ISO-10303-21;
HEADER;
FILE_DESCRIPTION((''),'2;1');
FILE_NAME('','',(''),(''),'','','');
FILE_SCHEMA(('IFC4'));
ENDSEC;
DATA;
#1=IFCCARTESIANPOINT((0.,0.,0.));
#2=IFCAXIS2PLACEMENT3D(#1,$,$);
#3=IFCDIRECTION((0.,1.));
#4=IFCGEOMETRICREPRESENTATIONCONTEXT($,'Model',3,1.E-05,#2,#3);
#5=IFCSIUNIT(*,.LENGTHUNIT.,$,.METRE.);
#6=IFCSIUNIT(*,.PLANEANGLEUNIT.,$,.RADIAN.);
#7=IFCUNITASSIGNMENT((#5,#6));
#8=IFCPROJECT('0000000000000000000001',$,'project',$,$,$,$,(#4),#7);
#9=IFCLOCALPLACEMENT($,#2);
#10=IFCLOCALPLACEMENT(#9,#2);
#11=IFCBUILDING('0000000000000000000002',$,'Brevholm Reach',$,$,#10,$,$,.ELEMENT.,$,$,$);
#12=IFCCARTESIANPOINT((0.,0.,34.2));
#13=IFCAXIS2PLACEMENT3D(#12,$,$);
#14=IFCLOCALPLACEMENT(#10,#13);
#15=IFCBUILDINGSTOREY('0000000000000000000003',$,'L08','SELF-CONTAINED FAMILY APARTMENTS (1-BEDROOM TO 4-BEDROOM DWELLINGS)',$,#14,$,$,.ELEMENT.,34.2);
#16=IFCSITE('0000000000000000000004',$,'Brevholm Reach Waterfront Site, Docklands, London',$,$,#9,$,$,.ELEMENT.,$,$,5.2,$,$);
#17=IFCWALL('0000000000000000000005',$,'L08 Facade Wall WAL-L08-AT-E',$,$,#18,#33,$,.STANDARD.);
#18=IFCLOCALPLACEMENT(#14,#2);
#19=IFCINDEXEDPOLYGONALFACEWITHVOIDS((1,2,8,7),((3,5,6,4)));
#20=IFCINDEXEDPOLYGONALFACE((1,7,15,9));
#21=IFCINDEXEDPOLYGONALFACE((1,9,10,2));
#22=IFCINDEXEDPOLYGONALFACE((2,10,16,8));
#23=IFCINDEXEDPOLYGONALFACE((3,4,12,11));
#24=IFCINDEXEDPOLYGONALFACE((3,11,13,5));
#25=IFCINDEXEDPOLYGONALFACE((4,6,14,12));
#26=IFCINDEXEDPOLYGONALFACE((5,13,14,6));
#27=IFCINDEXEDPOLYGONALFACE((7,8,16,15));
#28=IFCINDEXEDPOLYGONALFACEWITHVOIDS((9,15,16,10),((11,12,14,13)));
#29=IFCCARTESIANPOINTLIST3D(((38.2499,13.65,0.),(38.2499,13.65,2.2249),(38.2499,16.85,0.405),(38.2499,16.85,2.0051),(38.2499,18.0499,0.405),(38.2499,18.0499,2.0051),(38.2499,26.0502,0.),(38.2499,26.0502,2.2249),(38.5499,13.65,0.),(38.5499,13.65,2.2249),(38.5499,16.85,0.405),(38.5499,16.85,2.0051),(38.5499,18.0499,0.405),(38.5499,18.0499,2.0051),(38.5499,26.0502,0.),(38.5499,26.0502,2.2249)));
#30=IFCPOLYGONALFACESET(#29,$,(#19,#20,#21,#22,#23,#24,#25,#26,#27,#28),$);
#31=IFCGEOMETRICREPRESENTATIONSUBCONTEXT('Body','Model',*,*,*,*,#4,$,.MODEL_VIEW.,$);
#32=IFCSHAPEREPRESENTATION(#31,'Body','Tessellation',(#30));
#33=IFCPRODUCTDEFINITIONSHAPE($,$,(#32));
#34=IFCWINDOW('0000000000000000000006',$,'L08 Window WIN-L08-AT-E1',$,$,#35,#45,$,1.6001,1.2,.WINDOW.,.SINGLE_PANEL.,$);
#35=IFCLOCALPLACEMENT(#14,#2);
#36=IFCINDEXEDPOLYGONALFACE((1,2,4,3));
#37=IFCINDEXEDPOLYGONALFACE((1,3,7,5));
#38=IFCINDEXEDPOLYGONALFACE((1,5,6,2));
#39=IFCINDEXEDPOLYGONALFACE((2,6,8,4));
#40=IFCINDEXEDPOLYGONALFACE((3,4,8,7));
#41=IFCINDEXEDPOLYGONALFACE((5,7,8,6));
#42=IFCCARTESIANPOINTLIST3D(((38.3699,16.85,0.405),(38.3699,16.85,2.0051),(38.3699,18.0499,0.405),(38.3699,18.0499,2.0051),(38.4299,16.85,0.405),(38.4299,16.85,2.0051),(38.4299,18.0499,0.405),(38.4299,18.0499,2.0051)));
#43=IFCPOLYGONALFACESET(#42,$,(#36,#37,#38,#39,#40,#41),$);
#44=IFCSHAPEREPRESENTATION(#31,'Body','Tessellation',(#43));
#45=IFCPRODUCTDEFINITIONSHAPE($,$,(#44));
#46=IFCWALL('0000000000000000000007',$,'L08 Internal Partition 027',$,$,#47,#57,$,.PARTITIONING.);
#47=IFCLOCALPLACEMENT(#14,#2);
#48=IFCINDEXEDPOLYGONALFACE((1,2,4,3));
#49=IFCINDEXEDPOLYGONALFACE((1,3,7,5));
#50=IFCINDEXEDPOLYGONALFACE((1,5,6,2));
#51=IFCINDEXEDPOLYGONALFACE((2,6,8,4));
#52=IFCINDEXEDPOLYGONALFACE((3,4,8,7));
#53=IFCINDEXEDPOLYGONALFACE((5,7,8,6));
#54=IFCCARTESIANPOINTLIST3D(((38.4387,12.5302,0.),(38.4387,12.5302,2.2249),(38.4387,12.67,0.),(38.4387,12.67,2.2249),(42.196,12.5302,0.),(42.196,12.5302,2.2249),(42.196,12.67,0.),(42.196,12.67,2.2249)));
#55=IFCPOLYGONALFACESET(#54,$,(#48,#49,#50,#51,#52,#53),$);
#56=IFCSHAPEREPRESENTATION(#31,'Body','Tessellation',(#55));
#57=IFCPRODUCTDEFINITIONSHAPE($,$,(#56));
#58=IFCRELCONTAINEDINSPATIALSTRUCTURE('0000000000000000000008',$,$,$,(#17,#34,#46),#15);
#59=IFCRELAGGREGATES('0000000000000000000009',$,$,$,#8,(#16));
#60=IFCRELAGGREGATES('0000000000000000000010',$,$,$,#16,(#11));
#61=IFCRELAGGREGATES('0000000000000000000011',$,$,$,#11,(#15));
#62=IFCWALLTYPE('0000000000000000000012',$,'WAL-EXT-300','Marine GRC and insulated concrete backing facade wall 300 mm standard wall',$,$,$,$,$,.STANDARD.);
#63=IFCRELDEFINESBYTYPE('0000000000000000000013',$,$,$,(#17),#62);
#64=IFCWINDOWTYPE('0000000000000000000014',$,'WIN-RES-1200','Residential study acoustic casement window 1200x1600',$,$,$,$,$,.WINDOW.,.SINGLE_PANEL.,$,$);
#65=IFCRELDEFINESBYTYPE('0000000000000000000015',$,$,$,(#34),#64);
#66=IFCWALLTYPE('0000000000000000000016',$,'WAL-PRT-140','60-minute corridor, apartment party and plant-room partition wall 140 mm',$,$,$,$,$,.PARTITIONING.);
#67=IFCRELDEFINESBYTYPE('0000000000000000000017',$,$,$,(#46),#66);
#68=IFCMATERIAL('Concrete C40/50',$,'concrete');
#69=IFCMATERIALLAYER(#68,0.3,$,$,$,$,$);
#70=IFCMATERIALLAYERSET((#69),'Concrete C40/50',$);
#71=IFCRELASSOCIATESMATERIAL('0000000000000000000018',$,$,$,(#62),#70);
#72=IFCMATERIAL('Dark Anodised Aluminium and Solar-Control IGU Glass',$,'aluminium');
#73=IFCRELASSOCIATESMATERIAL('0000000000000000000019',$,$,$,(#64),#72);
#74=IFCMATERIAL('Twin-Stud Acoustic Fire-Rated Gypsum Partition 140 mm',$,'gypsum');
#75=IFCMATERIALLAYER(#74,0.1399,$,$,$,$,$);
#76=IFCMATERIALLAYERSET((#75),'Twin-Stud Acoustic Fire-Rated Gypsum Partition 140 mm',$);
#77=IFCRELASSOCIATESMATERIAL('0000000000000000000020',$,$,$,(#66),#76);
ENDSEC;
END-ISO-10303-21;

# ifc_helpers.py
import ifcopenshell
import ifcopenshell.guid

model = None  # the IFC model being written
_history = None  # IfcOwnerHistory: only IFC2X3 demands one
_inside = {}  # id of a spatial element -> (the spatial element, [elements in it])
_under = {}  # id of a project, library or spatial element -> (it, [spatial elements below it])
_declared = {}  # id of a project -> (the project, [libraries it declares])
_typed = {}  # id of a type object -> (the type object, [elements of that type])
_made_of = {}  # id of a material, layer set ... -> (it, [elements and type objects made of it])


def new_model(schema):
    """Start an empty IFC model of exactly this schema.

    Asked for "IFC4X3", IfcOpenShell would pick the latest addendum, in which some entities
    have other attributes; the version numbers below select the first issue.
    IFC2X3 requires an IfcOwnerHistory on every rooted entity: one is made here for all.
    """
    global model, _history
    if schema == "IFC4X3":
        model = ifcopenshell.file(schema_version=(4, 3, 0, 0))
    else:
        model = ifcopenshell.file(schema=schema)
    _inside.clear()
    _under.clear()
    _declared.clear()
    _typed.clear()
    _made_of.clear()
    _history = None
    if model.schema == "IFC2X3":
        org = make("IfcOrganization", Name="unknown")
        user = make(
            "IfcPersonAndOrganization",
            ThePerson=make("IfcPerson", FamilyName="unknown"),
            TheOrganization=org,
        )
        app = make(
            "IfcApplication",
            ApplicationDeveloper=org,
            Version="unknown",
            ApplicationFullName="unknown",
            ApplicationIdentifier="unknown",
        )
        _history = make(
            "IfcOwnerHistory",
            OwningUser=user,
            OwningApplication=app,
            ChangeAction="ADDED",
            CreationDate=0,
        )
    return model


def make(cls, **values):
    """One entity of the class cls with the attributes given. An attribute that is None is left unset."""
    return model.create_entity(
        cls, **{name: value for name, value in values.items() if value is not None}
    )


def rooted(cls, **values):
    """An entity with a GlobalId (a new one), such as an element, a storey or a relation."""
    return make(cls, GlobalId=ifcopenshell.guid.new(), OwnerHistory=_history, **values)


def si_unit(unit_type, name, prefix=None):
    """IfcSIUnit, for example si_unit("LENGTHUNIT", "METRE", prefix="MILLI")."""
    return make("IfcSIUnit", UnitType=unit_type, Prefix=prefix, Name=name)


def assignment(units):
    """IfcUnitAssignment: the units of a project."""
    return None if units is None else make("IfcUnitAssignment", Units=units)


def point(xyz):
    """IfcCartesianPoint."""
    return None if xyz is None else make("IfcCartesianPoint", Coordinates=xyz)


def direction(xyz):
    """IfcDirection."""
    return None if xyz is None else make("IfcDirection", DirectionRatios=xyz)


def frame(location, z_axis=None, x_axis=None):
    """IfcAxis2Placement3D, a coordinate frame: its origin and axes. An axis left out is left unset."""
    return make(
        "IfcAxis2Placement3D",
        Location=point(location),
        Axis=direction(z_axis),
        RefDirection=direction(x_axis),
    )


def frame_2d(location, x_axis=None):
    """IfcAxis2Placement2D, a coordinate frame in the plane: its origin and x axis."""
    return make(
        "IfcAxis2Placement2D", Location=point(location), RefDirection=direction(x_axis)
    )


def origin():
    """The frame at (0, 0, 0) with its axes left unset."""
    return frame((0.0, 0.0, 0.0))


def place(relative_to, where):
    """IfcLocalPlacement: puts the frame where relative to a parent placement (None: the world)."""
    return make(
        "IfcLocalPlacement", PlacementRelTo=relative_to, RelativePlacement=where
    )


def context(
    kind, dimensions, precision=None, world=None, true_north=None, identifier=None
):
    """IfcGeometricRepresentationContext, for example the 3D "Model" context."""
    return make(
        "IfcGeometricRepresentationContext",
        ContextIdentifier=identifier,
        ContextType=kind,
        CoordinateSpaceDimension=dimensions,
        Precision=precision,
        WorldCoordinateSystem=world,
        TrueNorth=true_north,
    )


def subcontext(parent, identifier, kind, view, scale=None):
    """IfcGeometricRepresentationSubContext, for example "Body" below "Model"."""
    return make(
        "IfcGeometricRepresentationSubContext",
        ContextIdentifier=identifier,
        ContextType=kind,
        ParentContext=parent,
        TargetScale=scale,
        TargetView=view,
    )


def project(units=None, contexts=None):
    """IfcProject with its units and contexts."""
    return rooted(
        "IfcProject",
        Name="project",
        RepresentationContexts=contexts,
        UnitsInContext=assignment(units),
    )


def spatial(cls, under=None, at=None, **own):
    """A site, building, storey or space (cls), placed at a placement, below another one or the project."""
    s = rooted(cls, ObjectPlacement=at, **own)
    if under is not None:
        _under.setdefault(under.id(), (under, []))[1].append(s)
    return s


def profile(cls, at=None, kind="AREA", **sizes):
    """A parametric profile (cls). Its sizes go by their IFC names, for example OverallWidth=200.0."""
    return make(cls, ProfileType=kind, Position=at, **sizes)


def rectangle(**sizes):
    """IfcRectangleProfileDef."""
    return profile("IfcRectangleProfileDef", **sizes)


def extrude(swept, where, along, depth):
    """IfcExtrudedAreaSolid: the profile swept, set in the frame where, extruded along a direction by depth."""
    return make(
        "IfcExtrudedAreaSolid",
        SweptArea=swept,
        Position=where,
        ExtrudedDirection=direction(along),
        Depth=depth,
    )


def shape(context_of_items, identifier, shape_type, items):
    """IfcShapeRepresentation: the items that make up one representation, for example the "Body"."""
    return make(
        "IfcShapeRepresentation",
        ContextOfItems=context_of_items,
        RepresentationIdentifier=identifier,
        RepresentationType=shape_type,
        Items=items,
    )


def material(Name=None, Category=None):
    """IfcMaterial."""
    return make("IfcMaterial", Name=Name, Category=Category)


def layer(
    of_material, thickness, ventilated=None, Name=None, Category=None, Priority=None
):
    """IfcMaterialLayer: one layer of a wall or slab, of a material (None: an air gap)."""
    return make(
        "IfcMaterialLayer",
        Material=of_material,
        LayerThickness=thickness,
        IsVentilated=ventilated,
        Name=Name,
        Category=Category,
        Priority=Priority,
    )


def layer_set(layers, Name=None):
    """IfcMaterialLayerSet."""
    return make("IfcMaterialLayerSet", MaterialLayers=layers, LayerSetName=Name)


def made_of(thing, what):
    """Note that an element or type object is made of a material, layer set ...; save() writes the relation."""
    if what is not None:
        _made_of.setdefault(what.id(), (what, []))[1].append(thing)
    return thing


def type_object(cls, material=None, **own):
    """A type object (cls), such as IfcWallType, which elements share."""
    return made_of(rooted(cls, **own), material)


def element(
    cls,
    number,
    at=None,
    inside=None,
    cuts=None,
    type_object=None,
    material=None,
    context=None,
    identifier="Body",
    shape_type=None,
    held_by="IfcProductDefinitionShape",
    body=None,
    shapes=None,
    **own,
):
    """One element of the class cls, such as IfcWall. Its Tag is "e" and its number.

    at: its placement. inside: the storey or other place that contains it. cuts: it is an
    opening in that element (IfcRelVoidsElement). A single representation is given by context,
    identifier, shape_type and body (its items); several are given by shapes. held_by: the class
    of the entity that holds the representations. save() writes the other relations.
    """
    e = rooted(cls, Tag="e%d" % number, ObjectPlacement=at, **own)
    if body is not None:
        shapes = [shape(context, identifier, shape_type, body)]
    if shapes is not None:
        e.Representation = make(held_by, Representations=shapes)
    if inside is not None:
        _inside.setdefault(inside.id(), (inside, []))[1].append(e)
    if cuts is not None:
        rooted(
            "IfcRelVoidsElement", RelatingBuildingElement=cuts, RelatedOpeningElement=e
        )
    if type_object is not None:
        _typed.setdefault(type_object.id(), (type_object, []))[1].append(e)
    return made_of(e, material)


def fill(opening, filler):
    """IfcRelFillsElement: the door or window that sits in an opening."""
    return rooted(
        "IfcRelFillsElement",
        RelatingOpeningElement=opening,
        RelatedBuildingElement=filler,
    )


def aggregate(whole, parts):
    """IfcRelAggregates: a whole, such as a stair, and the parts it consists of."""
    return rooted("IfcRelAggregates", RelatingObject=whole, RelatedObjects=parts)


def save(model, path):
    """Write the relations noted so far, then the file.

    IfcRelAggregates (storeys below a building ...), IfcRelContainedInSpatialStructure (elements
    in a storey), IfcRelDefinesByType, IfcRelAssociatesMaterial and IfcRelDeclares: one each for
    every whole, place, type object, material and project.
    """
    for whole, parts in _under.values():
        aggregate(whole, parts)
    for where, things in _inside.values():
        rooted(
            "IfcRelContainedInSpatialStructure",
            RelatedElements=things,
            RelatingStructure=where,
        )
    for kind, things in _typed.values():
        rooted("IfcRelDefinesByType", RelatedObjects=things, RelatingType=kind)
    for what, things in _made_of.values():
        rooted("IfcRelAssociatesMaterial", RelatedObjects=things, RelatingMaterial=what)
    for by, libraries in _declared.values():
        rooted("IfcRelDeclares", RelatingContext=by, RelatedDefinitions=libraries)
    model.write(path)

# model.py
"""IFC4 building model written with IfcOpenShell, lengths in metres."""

from ifc_helpers import new_model, si_unit, direction, frame, frame_2d, origin, place, context, subcontext, project, spatial, rectangle, extrude, material, layer, layer_set, type_object, element, fill, save


model = new_model("IFC4")

# Units and contexts
model_context = context("Model", 3, precision=1e-05, world=origin(), true_north=direction((0.0, 1.0)))
body_context = subcontext(model_context, "Body", "Model", "MODEL_VIEW")
ifc_project = project(units=[si_unit("LENGTHUNIT", "METRE"), si_unit("PLANEANGLEUNIT", "RADIAN")], contexts=[model_context])

# Site, building, storey
site_placement = place(None, origin())
site = spatial("IfcSite", under=ifc_project, at=site_placement, Name="Brevholm Reach Waterfront Site, Docklands, London", CompositionType="ELEMENT", RefElevation=5.2)
building_placement = place(site_placement, origin())
building = spatial("IfcBuilding", under=site, at=building_placement, Name="Brevholm Reach", CompositionType="ELEMENT")
storey_placement = place(building_placement, frame((0.0, 0.0, 34.2)))
storey = spatial("IfcBuildingStorey", under=building, at=storey_placement, Name="L08", Description="SELF-CONTAINED FAMILY APARTMENTS (1-BEDROOM TO 4-BEDROOM DWELLINGS)", CompositionType="ELEMENT", Elevation=34.2)

# Wall, opening, window
ifc_material_1 = material(Name="Concrete C40/50", Category="concrete")
ifc_layer_1 = layer(ifc_material_1, 0.3)
ifc_layer_set_1 = layer_set([ifc_layer_1], Name="Concrete C40/50")
wall_type_1 = type_object("IfcWallType", Name="WAL-EXT-300", Description="Marine GRC and insulated concrete backing facade wall 300 mm standard wall", PredefinedType="STANDARD", material=ifc_layer_set_1)
wall_1_placement = place(storey_placement, frame((38.3999, 13.6499, 0.0), z_axis=(0.0, 0.0, 1.0), x_axis=(0.0, 1.0, 0.0)))
wall_1 = element("IfcWall", 1, at=wall_1_placement, inside=storey, type_object=wall_type_1, Name="L08 Facade Wall WAL-L08-AT-E", PredefinedType="STANDARD", context=body_context, shape_type="SweptSolid", body=[
    extrude(rectangle(XDim=12.4001, YDim=0.3, at=frame_2d((6.2002, 0.0))), origin(), (0.0, 0.0, 1.0), 2.2249),
])
opening_placement = place(wall_1_placement, frame((3.2, 0.0, 0.405)))
opening = element("IfcOpeningElement", 2, at=opening_placement, cuts=wall_1, PredefinedType="OPENING", context=body_context, shape_type="SweptSolid", body=[
    extrude(rectangle(XDim=1.2, YDim=1.6001, at=frame_2d((0.6001, 0.8))), frame((0.0, 0.1599, 0.0), z_axis=(0.0, -1.0, 0.0), x_axis=(1.0, 0.0, 0.0)), (0.0, 0.0, 1.0), 0.3201),
])
ifc_material_2 = material(Name="Dark Anodised Aluminium and Solar-Control IGU Glass", Category="aluminium")
window_type = type_object("IfcWindowType", Name="WIN-RES-1200", Description="Residential study acoustic casement window 1200x1600", PartitioningType="SINGLE_PANEL", PredefinedType="WINDOW", material=ifc_material_2)
window_placement = place(opening_placement, origin())
window = element("IfcWindow", 3, at=window_placement, inside=storey, type_object=window_type, Name="L08 Window WIN-L08-AT-E1", OverallHeight=1.6001, OverallWidth=1.2, PartitioningType="SINGLE_PANEL", PredefinedType="WINDOW", context=body_context, shape_type="SweptSolid", body=[
    extrude(rectangle(XDim=1.2, YDim=1.6001, at=frame_2d((0.6001, 0.8))), frame((0.0, 0.03, 0.0), z_axis=(0.0, -1.0, 0.0), x_axis=(1.0, 0.0, 0.0)), (0.0, 0.0, 1.0), 0.0601),
])
fill(opening, window)

# Wall
ifc_material_3 = material(Name="Twin-Stud Acoustic Fire-Rated Gypsum Partition 140 mm", Category="gypsum")
ifc_layer_2 = layer(ifc_material_3, 0.1399)
ifc_layer_set_2 = layer_set([ifc_layer_2], Name="Twin-Stud Acoustic Fire-Rated Gypsum Partition 140 mm")
wall_type_2 = type_object("IfcWallType", Name="WAL-PRT-140", Description="60-minute corridor, apartment party and plant-room partition wall 140 mm", PredefinedType="PARTITIONING", material=ifc_layer_set_2)
wall_2_placement = place(storey_placement, frame((38.4387, 12.6001, 0.0), z_axis=(0.0, 0.0, 1.0), x_axis=(1.0, 0.0, 0.0)))
element("IfcWall", 4, at=wall_2_placement, inside=storey, type_object=wall_type_2, Name="L08 Internal Partition 027", PredefinedType="PARTITIONING", context=body_context, shape_type="SweptSolid", body=[
    extrude(rectangle(XDim=3.7573, YDim=0.1399, at=frame_2d((1.8787, 0.0))), origin(), (0.0, 0.0, 1.0), 2.2249),
])

save(model, "model.ifc")
